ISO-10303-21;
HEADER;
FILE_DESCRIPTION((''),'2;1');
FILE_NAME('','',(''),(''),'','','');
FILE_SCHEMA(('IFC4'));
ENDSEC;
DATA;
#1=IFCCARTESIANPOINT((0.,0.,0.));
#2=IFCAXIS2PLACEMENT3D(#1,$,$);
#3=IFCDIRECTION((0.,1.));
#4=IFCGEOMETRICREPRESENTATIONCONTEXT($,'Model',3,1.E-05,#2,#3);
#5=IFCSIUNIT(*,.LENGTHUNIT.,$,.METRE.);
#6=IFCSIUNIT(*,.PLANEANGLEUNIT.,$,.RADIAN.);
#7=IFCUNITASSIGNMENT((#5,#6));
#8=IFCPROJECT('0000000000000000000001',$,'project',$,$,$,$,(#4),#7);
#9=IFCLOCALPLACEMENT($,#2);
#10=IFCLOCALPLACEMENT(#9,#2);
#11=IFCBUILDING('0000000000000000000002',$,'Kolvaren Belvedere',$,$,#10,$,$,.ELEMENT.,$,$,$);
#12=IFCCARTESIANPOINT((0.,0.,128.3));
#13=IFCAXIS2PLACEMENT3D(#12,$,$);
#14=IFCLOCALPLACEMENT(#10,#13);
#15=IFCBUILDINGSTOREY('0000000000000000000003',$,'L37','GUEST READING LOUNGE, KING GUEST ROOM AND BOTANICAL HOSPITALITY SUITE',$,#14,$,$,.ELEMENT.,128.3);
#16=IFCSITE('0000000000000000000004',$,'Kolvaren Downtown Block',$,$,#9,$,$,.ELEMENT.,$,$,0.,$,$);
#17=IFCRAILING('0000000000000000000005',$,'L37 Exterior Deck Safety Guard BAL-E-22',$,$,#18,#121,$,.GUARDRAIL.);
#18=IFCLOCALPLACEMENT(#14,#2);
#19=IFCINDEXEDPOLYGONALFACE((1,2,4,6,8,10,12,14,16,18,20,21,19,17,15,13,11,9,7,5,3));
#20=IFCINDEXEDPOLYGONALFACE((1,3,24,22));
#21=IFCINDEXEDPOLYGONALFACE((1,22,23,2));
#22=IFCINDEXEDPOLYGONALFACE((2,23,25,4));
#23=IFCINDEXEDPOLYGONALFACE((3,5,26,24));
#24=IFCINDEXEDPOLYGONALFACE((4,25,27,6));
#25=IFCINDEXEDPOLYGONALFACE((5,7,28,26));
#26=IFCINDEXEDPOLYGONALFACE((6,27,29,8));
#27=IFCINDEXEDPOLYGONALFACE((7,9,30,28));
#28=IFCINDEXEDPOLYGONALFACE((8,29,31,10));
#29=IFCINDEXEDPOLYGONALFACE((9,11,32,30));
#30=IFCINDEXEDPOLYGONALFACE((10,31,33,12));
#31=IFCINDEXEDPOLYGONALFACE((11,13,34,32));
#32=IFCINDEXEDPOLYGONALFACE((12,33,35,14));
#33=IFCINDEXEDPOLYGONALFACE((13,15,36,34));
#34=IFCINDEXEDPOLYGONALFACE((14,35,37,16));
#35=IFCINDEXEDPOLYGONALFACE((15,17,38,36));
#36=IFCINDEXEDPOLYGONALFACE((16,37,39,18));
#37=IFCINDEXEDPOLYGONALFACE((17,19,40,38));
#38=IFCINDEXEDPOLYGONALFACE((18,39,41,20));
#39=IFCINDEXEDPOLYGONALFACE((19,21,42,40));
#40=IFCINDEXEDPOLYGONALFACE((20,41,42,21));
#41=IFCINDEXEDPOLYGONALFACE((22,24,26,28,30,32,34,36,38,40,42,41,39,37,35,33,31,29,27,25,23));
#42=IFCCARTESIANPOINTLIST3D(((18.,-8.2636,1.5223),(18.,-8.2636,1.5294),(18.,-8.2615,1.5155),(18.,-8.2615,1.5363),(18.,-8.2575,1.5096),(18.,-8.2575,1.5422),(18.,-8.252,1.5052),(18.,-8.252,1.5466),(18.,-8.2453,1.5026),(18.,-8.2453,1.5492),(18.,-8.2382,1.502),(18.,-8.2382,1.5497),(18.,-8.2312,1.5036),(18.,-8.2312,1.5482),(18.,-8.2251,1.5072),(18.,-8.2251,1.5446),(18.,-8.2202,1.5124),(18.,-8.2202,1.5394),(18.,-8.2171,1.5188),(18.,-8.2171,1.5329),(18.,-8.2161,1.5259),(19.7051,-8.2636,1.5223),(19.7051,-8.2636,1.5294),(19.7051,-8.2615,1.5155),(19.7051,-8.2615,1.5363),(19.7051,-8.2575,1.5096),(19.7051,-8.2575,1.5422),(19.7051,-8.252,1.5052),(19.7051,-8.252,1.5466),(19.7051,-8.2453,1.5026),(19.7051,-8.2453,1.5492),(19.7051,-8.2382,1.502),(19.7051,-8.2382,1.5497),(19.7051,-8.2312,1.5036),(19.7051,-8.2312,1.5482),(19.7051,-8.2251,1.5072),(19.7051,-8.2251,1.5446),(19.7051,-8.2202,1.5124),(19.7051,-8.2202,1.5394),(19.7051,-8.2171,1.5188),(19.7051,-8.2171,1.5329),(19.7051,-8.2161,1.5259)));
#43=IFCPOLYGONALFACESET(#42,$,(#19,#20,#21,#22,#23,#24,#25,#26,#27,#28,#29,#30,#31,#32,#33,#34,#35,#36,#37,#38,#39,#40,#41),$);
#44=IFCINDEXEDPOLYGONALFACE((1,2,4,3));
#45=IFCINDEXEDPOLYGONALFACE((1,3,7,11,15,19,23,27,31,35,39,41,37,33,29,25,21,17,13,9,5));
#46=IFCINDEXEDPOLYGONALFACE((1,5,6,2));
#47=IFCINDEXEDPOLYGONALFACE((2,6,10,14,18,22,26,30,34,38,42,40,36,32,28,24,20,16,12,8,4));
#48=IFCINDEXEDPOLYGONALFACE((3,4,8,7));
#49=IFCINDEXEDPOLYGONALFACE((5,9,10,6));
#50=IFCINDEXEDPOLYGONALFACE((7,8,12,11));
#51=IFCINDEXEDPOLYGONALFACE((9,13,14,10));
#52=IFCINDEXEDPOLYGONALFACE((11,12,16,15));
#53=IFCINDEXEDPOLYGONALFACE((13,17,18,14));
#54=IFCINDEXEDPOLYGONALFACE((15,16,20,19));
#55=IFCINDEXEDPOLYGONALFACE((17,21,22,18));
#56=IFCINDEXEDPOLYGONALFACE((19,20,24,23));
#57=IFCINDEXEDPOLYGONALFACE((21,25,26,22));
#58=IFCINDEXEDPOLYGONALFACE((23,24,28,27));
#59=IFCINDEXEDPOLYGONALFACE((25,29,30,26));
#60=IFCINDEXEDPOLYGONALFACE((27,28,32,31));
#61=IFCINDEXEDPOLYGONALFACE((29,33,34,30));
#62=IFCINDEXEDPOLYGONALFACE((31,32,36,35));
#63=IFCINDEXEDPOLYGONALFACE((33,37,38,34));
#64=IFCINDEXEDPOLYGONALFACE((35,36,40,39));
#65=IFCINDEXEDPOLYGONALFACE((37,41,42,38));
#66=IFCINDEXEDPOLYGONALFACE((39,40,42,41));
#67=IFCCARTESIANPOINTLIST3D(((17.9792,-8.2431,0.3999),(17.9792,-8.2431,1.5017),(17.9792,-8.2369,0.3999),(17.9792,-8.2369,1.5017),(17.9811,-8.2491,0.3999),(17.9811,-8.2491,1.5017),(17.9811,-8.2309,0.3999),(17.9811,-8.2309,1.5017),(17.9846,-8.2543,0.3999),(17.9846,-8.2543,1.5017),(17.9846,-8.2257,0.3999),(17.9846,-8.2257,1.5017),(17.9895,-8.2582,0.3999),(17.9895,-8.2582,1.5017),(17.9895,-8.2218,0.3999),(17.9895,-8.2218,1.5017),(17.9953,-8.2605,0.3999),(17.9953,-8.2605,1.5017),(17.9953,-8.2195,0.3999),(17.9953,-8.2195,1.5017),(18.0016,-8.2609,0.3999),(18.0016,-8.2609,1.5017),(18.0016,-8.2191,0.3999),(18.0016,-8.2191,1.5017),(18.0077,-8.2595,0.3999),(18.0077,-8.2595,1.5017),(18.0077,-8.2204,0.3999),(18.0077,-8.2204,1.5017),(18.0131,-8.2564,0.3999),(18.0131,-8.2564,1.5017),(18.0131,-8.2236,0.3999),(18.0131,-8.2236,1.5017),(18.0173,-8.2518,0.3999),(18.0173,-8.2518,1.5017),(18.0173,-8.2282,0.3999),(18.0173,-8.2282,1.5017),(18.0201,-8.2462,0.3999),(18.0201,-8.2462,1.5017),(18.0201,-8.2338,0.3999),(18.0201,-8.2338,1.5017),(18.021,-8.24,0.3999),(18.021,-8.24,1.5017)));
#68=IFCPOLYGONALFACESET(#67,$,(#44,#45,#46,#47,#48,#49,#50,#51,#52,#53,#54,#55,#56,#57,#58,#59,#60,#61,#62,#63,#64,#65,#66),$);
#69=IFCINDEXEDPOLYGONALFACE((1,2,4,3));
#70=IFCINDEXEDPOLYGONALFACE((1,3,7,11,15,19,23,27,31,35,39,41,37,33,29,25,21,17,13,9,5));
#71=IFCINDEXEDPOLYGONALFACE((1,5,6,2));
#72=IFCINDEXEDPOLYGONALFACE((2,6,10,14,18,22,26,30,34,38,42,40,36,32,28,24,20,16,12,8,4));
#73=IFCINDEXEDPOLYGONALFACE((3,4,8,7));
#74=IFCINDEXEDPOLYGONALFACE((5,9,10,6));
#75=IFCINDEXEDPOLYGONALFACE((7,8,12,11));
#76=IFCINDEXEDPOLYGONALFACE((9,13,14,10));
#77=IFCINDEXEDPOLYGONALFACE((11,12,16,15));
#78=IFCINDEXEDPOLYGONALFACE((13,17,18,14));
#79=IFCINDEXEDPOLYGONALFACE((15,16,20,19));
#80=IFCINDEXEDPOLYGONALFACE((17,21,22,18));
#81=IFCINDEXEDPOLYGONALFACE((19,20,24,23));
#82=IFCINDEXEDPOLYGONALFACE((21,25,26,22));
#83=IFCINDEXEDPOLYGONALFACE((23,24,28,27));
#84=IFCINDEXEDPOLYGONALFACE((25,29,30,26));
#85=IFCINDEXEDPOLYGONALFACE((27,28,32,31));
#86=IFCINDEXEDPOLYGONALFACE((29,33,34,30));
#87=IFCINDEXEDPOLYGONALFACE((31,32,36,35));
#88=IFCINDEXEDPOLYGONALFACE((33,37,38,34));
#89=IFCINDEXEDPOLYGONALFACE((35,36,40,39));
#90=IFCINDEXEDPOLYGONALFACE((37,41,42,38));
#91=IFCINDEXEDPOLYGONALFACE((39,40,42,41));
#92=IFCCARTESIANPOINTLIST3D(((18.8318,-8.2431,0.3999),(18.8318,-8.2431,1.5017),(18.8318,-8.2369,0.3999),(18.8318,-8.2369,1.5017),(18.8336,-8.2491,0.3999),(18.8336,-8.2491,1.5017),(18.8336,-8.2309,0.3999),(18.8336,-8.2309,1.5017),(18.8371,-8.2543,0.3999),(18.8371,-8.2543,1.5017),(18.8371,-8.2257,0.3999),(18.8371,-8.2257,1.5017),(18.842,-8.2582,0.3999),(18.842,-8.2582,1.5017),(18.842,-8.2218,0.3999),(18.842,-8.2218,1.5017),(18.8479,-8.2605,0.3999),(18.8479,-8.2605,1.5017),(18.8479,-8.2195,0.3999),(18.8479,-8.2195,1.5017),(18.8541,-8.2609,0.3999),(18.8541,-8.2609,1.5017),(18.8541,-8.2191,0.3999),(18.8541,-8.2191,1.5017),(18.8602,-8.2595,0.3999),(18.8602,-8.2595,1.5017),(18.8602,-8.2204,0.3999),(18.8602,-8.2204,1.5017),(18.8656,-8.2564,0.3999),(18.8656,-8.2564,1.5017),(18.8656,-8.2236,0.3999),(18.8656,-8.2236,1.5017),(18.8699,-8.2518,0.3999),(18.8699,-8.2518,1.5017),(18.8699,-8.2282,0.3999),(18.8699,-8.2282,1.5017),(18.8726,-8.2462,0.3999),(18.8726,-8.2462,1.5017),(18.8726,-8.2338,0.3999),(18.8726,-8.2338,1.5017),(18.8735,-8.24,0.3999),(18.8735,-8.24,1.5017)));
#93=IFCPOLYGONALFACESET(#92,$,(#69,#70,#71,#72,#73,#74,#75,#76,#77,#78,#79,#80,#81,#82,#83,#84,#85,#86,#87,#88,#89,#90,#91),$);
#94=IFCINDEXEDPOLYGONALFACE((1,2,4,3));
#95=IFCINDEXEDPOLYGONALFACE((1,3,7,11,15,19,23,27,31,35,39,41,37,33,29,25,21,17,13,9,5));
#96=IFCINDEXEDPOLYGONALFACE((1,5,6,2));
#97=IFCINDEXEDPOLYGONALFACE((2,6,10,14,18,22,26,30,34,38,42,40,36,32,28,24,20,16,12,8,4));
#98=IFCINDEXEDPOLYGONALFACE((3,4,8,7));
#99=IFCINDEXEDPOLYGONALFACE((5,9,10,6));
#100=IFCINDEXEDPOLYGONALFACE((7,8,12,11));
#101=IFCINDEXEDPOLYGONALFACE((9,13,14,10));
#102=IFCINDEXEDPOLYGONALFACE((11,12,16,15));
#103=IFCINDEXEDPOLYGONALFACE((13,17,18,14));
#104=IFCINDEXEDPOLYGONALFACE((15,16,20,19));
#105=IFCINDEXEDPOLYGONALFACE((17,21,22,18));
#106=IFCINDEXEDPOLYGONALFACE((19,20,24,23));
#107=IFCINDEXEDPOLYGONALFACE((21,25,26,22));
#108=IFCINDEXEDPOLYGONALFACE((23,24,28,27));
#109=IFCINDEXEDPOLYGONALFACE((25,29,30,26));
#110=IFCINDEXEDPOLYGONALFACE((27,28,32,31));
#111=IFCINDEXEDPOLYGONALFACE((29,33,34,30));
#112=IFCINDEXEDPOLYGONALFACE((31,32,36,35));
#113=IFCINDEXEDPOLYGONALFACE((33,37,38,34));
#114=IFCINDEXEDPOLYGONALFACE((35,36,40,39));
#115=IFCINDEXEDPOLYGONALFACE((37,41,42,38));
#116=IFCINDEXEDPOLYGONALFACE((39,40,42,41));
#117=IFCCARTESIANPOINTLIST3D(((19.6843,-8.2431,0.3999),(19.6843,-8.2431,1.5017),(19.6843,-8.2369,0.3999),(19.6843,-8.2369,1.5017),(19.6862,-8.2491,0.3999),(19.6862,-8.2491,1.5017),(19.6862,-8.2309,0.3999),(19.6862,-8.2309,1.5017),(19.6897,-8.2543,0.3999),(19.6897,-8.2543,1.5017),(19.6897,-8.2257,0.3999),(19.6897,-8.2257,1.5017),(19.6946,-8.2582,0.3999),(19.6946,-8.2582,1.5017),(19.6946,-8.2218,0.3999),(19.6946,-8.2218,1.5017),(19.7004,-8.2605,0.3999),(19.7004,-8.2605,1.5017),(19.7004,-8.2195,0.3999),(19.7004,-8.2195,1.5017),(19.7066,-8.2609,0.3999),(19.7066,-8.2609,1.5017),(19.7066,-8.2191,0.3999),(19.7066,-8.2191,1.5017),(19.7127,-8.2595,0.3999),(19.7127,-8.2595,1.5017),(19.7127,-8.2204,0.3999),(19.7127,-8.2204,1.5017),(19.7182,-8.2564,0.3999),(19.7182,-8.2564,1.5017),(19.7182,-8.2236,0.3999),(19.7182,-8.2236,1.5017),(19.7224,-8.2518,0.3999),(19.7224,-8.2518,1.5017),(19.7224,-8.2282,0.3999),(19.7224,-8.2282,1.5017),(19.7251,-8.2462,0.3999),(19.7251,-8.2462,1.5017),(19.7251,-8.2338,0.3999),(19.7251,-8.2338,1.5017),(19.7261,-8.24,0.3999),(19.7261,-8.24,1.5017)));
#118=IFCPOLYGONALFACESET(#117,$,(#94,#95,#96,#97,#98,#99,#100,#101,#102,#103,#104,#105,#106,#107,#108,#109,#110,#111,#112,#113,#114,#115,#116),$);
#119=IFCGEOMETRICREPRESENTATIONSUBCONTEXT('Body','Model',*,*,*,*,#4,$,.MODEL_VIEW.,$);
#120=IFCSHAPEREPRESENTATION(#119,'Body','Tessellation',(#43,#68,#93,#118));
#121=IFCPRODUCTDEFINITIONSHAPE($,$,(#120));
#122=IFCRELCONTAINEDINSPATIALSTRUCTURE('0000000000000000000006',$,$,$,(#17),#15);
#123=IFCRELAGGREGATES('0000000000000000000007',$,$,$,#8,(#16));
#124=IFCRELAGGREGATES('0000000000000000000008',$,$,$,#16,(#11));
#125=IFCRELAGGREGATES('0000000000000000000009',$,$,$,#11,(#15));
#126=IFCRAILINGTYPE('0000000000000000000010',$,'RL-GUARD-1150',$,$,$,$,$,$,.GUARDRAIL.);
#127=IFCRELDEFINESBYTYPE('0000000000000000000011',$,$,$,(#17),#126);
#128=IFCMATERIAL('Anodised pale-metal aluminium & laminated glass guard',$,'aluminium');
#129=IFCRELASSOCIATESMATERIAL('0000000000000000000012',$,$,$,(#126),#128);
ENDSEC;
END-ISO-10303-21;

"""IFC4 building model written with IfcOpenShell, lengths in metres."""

from ifc_helpers import new_model, si_unit, direction, frame, origin, origin_2d, place, context, subcontext, project, spatial, circle, extrude, material, type_object, element, save


model = new_model("IFC4")

# Units and contexts
model_context = context("Model", 3, precision=1e-05, world=origin(), true_north=direction((0.0, 1.0)))
body_context = subcontext(model_context, "Body", "Model", "MODEL_VIEW")
ifc_project = project(units=[si_unit("LENGTHUNIT", "METRE"), si_unit("PLANEANGLEUNIT", "RADIAN")], contexts=[model_context])

# Site, building, storey
site_placement = place(None, origin())
site = spatial("IfcSite", under=ifc_project, at=site_placement, Name="Kolvaren Downtown Block", CompositionType="ELEMENT", RefElevation=0.0)
building_placement = place(site_placement, origin())
building = spatial("IfcBuilding", under=site, at=building_placement, Name="Kolvaren Belvedere", CompositionType="ELEMENT")
storey_placement = place(building_placement, frame((0.0, 0.0, 128.3)))
storey = spatial("IfcBuildingStorey", under=building, at=storey_placement, Name="L37", Description="GUEST READING LOUNGE, KING GUEST ROOM AND BOTANICAL HOSPITALITY SUITE", CompositionType="ELEMENT", Elevation=128.3)

# Railing
ifc_material_1 = material(Name="Anodised pale-metal aluminium & laminated glass guard", Category="aluminium")
railing_type = type_object("IfcRailingType", Name="RL-GUARD-1150", PredefinedType="GUARDRAIL", material=ifc_material_1)
railing_1_placement = place(storey_placement, frame((18.0, -8.24, 0.3999)))
element("IfcRailing", 1, at=railing_1_placement, inside=storey, type_object=railing_type, Name="L37 Exterior Deck Safety Guard BAL-E-22", PredefinedType="GUARDRAIL", context=body_context, shape_type="SweptSolid", body=[
    extrude(circle(Radius=0.0239, at=origin_2d()), frame((0.0, 0.0, 1.126), z_axis=(1.0, 0.0, 0.0), x_axis=(0.0, 1.0, 0.0)), (0.0, 0.0, 1.0), 1.7051),
    extrude(circle(Radius=0.021, at=origin_2d()), origin(), (0.0, 0.0, 1.0), 1.1018),
    extrude(circle(Radius=0.021, at=origin_2d()), frame((0.8525, 0.0, 0.0)), (0.0, 0.0, 1.0), 1.1018),
    extrude(circle(Radius=0.021, at=origin_2d()), frame((1.7051, 0.0, 0.0)), (0.0, 0.0, 1.0), 1.1018),
])

save(model, "model.ifc")
